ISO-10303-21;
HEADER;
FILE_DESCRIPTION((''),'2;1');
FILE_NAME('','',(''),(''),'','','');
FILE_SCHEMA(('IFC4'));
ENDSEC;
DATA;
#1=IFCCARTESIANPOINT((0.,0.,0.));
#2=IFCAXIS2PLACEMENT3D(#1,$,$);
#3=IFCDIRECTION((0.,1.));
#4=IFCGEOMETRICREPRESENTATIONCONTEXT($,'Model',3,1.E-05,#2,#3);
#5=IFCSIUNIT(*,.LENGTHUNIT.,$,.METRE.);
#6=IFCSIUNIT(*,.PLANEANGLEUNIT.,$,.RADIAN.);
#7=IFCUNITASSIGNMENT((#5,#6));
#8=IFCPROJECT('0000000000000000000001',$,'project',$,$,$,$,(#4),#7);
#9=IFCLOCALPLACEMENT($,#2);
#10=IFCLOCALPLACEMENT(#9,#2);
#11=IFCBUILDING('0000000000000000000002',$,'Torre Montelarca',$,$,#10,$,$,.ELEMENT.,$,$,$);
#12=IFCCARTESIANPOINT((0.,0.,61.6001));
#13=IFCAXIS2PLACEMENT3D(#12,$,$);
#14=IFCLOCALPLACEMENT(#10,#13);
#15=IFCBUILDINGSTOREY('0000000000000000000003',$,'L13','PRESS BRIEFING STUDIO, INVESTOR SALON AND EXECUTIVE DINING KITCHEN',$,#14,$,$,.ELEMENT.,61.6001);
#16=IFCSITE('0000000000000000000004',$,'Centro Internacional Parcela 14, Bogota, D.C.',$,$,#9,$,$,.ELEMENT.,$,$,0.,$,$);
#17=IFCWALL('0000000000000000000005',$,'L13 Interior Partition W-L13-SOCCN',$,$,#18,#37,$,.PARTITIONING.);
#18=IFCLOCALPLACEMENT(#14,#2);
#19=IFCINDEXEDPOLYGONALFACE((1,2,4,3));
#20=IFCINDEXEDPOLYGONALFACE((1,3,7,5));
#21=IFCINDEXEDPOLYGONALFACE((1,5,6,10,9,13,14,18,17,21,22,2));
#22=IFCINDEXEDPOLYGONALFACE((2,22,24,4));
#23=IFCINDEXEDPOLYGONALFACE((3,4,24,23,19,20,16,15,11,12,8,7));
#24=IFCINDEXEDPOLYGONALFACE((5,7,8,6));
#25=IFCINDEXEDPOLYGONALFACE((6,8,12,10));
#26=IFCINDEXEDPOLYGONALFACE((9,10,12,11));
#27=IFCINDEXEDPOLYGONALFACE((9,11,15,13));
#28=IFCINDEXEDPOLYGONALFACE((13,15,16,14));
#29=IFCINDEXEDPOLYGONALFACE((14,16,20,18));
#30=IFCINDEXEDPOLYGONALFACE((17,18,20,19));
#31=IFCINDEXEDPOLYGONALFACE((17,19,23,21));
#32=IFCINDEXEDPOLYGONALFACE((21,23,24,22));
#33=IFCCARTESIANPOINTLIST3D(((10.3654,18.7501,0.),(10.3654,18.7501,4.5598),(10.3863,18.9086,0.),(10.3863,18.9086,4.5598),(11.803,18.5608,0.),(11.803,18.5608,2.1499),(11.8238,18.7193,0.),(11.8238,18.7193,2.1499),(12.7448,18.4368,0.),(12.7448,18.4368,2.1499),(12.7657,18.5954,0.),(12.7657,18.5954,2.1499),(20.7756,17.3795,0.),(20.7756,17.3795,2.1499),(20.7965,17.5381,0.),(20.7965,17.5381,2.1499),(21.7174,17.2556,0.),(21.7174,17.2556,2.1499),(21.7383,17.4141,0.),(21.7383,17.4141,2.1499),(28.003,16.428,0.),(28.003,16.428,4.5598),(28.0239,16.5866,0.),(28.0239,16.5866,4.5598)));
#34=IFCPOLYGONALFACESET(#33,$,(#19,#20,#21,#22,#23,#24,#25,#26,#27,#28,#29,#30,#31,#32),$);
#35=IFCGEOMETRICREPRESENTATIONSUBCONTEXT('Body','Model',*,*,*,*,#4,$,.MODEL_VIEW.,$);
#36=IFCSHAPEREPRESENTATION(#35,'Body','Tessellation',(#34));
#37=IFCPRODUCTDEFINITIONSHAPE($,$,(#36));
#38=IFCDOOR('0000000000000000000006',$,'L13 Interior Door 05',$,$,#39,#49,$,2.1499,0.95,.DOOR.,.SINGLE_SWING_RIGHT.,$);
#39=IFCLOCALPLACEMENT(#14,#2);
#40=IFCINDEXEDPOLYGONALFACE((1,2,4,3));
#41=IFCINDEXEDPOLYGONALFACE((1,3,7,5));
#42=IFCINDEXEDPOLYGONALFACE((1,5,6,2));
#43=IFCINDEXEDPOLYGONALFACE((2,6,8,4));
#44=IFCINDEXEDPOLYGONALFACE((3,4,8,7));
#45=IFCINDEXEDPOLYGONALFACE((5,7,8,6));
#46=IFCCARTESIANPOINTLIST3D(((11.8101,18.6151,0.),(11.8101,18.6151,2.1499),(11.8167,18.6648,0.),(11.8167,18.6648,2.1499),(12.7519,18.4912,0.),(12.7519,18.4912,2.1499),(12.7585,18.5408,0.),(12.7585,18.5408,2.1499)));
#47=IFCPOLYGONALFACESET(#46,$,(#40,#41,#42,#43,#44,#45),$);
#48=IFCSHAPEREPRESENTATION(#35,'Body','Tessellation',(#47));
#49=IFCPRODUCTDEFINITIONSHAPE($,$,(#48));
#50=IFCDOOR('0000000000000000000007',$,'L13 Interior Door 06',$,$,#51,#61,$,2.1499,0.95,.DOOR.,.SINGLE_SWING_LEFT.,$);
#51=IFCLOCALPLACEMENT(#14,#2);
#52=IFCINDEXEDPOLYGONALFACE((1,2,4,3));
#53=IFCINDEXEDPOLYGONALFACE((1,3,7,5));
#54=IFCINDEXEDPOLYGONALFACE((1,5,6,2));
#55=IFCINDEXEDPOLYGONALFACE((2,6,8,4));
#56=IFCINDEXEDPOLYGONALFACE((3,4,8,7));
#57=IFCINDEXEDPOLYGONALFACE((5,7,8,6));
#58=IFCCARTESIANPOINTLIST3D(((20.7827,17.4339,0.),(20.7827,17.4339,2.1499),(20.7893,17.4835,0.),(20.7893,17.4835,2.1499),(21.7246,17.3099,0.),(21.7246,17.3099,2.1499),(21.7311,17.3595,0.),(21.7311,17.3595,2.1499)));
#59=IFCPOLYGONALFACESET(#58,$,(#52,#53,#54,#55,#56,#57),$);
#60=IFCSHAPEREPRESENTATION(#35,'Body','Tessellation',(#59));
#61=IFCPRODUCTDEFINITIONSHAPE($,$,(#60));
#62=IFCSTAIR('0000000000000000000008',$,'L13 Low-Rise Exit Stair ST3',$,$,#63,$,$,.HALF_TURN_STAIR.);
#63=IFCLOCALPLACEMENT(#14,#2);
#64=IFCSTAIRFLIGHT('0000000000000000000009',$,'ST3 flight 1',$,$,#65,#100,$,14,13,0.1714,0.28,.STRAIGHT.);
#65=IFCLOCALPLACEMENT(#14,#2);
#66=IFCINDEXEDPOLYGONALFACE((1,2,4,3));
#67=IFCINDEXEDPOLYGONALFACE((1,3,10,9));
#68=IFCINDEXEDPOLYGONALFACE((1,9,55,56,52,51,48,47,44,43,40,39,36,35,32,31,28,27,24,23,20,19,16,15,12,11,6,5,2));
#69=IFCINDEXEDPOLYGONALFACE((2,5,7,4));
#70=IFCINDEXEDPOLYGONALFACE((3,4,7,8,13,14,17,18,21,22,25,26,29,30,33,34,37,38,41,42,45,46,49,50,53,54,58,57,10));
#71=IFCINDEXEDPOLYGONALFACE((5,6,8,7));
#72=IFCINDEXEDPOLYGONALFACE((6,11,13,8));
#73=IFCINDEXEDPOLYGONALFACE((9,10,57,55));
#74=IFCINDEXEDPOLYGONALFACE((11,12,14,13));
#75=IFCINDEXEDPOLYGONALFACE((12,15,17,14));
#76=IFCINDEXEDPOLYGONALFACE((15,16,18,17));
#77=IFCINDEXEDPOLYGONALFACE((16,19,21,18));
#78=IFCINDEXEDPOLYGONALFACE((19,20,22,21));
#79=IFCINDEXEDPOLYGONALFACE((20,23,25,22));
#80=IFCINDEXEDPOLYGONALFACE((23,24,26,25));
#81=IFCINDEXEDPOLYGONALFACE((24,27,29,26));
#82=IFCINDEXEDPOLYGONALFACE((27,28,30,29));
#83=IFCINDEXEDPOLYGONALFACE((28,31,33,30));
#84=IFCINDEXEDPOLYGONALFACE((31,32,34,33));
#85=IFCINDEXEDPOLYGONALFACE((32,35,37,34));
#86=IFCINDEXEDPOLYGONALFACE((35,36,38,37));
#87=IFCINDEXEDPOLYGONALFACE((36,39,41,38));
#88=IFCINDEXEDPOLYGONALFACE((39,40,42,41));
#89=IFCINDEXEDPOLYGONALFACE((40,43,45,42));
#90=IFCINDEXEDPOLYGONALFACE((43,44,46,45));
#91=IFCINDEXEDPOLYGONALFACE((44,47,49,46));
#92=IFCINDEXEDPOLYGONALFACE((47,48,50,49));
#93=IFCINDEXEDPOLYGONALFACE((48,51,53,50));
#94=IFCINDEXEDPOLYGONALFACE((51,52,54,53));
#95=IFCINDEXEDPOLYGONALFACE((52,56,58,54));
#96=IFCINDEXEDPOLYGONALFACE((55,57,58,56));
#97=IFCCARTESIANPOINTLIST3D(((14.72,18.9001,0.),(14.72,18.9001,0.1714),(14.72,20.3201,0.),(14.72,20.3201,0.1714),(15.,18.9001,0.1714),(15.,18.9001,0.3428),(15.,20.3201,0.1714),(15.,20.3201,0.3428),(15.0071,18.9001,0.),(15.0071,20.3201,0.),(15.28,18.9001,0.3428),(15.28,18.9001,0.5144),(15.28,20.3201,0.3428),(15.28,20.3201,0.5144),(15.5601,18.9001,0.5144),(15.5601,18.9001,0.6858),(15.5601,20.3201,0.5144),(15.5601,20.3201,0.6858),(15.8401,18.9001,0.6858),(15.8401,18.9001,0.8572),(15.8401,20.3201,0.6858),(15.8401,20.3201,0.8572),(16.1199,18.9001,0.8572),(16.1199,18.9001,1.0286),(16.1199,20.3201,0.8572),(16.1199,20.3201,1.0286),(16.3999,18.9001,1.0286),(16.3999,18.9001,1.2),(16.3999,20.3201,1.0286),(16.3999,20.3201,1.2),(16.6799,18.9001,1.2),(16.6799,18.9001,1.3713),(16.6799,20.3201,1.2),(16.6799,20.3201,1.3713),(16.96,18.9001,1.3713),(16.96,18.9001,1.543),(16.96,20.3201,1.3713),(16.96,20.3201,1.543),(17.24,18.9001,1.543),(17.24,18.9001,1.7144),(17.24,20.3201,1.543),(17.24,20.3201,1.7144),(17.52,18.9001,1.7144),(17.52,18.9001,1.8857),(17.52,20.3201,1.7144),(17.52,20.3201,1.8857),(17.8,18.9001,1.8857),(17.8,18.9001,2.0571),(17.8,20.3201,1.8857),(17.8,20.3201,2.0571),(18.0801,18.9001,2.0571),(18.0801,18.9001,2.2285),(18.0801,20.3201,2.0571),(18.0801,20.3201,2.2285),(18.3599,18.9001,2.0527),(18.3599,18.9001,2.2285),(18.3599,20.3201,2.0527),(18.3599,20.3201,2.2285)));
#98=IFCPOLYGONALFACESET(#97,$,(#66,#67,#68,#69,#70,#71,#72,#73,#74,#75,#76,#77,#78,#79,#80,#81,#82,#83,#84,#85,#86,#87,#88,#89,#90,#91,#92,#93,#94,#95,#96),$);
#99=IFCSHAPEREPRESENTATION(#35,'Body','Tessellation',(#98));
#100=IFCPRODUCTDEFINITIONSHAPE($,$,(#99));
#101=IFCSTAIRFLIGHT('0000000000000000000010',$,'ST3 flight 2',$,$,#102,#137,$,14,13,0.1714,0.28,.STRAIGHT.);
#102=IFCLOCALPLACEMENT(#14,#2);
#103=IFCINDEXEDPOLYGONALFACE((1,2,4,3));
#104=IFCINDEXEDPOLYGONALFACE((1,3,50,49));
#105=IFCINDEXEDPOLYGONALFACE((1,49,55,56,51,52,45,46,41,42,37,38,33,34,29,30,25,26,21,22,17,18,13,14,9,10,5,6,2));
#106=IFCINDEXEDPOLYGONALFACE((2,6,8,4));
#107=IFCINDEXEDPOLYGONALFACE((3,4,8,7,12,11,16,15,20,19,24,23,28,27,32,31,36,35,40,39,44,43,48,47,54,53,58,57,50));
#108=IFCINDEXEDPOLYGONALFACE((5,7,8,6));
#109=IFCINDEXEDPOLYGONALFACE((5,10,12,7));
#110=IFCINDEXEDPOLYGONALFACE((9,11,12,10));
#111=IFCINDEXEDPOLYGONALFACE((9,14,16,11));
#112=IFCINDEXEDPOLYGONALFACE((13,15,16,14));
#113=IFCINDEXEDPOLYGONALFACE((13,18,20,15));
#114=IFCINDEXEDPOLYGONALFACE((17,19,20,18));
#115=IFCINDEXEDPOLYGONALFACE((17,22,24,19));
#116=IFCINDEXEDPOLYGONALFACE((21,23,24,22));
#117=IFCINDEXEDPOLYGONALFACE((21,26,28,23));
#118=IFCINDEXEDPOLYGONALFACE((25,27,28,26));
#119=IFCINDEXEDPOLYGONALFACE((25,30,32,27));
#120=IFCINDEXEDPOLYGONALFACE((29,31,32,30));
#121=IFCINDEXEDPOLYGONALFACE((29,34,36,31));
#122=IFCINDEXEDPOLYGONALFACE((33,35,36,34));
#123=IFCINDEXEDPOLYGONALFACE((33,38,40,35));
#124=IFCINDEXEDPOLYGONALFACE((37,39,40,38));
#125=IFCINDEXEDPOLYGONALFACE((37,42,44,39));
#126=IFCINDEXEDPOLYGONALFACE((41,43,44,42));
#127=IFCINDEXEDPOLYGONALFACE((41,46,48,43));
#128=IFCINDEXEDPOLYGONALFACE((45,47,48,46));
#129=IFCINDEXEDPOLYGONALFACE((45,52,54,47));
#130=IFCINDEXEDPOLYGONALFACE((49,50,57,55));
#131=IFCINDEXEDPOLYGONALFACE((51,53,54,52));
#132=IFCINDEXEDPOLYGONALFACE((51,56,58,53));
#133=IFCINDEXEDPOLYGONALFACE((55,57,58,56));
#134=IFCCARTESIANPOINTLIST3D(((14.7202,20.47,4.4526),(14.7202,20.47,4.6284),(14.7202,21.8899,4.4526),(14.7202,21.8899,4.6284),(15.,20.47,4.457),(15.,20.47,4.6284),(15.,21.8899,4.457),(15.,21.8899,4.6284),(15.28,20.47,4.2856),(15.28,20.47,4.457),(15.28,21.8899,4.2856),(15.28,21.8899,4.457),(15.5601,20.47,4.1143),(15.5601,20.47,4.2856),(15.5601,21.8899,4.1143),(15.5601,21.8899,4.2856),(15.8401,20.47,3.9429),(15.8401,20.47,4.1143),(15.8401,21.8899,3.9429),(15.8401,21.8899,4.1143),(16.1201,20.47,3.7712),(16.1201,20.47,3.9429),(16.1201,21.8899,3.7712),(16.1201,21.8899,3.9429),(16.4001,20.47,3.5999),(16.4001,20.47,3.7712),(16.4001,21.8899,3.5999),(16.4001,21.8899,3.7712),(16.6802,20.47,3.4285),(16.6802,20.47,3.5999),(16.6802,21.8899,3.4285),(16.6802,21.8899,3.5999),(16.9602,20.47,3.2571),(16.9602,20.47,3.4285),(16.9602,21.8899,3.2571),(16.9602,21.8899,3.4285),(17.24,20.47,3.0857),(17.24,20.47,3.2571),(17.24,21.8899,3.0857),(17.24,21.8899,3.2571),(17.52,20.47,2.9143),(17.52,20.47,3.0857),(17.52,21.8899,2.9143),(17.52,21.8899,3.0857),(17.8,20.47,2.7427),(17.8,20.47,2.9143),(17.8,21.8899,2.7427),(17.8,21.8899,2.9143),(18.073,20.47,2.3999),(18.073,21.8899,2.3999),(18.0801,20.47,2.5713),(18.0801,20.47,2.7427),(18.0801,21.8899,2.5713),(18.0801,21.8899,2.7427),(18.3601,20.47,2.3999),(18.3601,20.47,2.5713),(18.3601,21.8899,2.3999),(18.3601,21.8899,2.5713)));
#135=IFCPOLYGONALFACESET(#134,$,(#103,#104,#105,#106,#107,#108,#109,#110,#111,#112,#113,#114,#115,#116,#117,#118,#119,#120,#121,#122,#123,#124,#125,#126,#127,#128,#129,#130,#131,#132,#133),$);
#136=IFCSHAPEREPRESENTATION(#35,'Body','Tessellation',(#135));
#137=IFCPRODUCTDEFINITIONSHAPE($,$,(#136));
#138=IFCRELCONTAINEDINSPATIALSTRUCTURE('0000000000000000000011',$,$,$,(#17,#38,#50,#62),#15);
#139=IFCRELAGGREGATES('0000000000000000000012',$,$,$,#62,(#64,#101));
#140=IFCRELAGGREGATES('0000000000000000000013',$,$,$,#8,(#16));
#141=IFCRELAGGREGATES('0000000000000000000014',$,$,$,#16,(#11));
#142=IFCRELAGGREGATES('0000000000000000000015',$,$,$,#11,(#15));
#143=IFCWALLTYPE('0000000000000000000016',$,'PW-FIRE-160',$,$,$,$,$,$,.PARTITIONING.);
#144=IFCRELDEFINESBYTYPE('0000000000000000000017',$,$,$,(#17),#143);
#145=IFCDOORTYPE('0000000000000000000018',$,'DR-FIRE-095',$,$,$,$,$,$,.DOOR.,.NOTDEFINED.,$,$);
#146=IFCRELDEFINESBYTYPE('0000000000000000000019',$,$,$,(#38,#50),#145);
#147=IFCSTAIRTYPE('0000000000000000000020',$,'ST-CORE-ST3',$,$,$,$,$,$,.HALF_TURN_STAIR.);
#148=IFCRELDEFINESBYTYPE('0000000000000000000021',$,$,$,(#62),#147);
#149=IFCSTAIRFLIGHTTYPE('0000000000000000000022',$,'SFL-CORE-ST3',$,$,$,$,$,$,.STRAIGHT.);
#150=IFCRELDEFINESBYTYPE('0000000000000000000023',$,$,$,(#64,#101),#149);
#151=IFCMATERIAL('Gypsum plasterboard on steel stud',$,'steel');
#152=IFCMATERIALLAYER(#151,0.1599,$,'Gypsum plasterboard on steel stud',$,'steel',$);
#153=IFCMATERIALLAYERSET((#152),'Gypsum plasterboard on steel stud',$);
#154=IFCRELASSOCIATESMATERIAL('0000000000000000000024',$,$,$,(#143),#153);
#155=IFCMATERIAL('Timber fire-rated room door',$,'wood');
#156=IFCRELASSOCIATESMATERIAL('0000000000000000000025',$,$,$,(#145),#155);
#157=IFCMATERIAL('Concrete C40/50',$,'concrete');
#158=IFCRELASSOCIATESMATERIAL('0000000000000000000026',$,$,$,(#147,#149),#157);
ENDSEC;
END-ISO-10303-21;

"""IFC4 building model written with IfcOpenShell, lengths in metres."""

from ifc_helpers import new_model, si_unit, direction, frame, frame_2d, origin, place, context, subcontext, project, spatial, polyline, rectangle, outline, extrude, source, transform, mapped, material, layer, layer_set, type_object, element, fill, aggregate, save


model = new_model("IFC4")

# Units and contexts
model_context = context("Model", 3, precision=1e-05, world=origin(), true_north=direction((0.0, 1.0)))
body_context = subcontext(model_context, "Body", "Model", "MODEL_VIEW")
ifc_project = project(units=[si_unit("LENGTHUNIT", "METRE"), si_unit("PLANEANGLEUNIT", "RADIAN")], contexts=[model_context])

# Site, building, storey
site_placement = place(None, origin())
site = spatial("IfcSite", under=ifc_project, at=site_placement, Name="Centro Internacional Parcela 14, Bogota, D.C.", CompositionType="ELEMENT", RefElevation=0.0)
building_placement = place(site_placement, origin())
building = spatial("IfcBuilding", under=site, at=building_placement, Name="Torre Montelarca", CompositionType="ELEMENT")
storey_placement = place(building_placement, frame((0.0, 0.0, 61.6001)))
storey = spatial("IfcBuildingStorey", under=building, at=storey_placement, Name="L13", Description="PRESS BRIEFING STUDIO, INVESTOR SALON AND EXECUTIVE DINING KITCHEN", CompositionType="ELEMENT", Elevation=61.6001)

# Shared definitions
ifc_material_1 = material(Name="Concrete C40/50", Category="concrete")

# Wall, openings, doors
ifc_material_2 = material(Name="Gypsum plasterboard on steel stud", Category="steel")
ifc_layer_1 = layer(ifc_material_2, 0.1599, Name="Gypsum plasterboard on steel stud", Category="steel")
ifc_layer_set_1 = layer_set([ifc_layer_1], Name="Gypsum plasterboard on steel stud")
wall_type_1 = type_object("IfcWallType", Name="PW-FIRE-160", PredefinedType="PARTITIONING", material=ifc_layer_set_1)
wall_1_placement = place(storey_placement, frame((10.3757, 18.8293, 0.0), z_axis=(0.0, 0.0, 1.0), x_axis=(0.991445, -0.130525, 0.0)))
wall_1 = element("IfcWall", 1, at=wall_1_placement, inside=storey, type_object=wall_type_1, Name="L13 Interior Partition W-L13-SOCCN", PredefinedType="PARTITIONING", context=body_context, shape_type="SweptSolid", body=[
    extrude(rectangle(XDim=17.7898, YDim=0.1599, at=frame_2d((8.895, 0.0))), origin(), (0.0, 0.0, 1.0), 4.5598),
])
opening_1_placement = place(wall_1_placement, frame((1.45, 0.0, 0.0)))
opening_1 = element("IfcOpeningElement", 2, at=opening_1_placement, cuts=wall_1, PredefinedType="OPENING", context=body_context, shape_type="SweptSolid", body=[
    extrude(rectangle(XDim=0.95, YDim=2.1499, at=frame_2d((0.4751, 1.075))), frame((0.0, 0.0898, 0.0), z_axis=(0.0, -1.0, 0.0), x_axis=(1.0, 0.0, 0.0)), (0.0, 0.0, 1.0), 0.1799),
])
opening_2_placement = place(wall_1_placement, frame((10.5, 0.0, 0.0)))
opening_2 = element("IfcOpeningElement", 3, at=opening_2_placement, cuts=wall_1, PredefinedType="OPENING", context=body_context, shape_type="SweptSolid", body=[
    extrude(rectangle(XDim=0.95, YDim=2.1499, at=frame_2d((0.4751, 1.075))), frame((0.0, 0.0898, 0.0), z_axis=(0.0, -1.0, 0.0), x_axis=(1.0, 0.0, 0.0)), (0.0, 0.0, 1.0), 0.1799),
])
ifc_material_3 = material(Name="Timber fire-rated room door", Category="wood")
door_type_1 = type_object("IfcDoorType", Name="DR-FIRE-095", OperationType="NOTDEFINED", PredefinedType="DOOR", material=ifc_material_3)
shared_shape_1 = source(origin(), body_context, "Body", "SweptSolid", [
    extrude(rectangle(XDim=0.95, YDim=2.1499, at=frame_2d((0.4751, 1.075))), frame((0.0, 0.0249, 0.0), z_axis=(0.0, -1.0, 0.0), x_axis=(1.0, 0.0, 0.0)), (0.0, 0.0, 1.0), 0.05),
])
door_1_placement = place(opening_1_placement, origin())
door_1 = element("IfcDoor", 4, at=door_1_placement, inside=storey, type_object=door_type_1, Name="L13 Interior Door 05", OperationType="SINGLE_SWING_RIGHT", OverallHeight=2.1499, OverallWidth=0.95, PredefinedType="DOOR", context=body_context, shape_type="MappedRepresentation", body=[
    mapped(shared_shape_1, transform((0.0, 0.0, 0.0), scale=1.0)),
])
fill(opening_1, door_1)
door_2_placement = place(opening_2_placement, origin())
door_2 = element("IfcDoor", 5, at=door_2_placement, inside=storey, type_object=door_type_1, Name="L13 Interior Door 06", OperationType="SINGLE_SWING_LEFT", OverallHeight=2.1499, OverallWidth=0.95, PredefinedType="DOOR", context=body_context, shape_type="MappedRepresentation", body=[
    mapped(shared_shape_1, transform((0.0, 0.0, 0.0), scale=1.0)),
])
fill(opening_2, door_2)

# Stair, stair flights
stair_type = type_object("IfcStairType", Name="ST-CORE-ST3", PredefinedType="HALF_TURN_STAIR", material=ifc_material_1)
stair_placement = place(storey_placement, origin())
stair = element("IfcStair", 6, at=stair_placement, inside=storey, type_object=stair_type, Name="L13 Low-Rise Exit Stair ST3", PredefinedType="HALF_TURN_STAIR")
stair_flight_type = type_object("IfcStairFlightType", Name="SFL-CORE-ST3", PredefinedType="STRAIGHT", material=ifc_material_1)
stair_flight_1_placement = place(storey_placement, frame((14.72, 19.6101, 0.0), z_axis=(0.0, 0.0, 1.0), x_axis=(1.0, 0.0, 0.0)))
stair_flight_1 = element("IfcStairFlight", 7, at=stair_flight_1_placement, type_object=stair_flight_type, Name="ST3 flight 1", NumberOfRisers=14, NumberOfTreads=13, PredefinedType="STRAIGHT", RiserHeight=0.1714, TreadLength=0.28, context=body_context, shape_type="SweptSolid", body=[
    extrude(outline(polyline([(0.0, 0.0), (0.0, 0.1714), (0.28, 0.1714), (0.28, 0.3428), (0.5601, 0.3428), (0.5601, 0.5144), (0.8401, 0.5144), (0.8401, 0.6858), (1.1201, 0.6858), (1.1201, 0.8572), (1.3999, 0.8572), (1.3999, 1.0286), (1.6799, 1.0286), (1.6799, 1.2), (1.96, 1.2), (1.96, 1.3713), (2.24, 1.3713), (2.24, 1.543), (2.52, 1.543), (2.52, 1.7144), (2.8, 1.7144), (2.8, 1.8857), (3.0801, 1.8857), (3.0801, 2.0571), (3.3601, 2.0571), (3.3601, 2.2285), (3.6399, 2.2285), (3.6399, 2.3999), (3.6399, 2.0527), (0.2871, 0.0), (0.0, 0.0)])), frame((0.0, 0.71, 0.0), z_axis=(0.0, -1.0, 0.0), x_axis=(1.0, 0.0, 0.0)), (0.0, 0.0, 1.0), 1.4199),
])
stair_flight_2_placement = place(storey_placement, frame((18.3601, 21.1799, 2.3999), z_axis=(0.0, 0.0, 1.0), x_axis=(-1.0, 0.0, 0.0)))
stair_flight_2 = element("IfcStairFlight", 8, at=stair_flight_2_placement, type_object=stair_flight_type, Name="ST3 flight 2", NumberOfRisers=14, NumberOfTreads=13, PredefinedType="STRAIGHT", RiserHeight=0.1714, TreadLength=0.28, context=body_context, shape_type="SweptSolid", body=[
    extrude(outline(polyline([(0.0, 0.0), (0.0, 0.1714), (0.28, 0.1714), (0.28, 0.3428), (0.5601, 0.3428), (0.5601, 0.5144), (0.8401, 0.5144), (0.8401, 0.6858), (1.1201, 0.6858), (1.1201, 0.8572), (1.3999, 0.8572), (1.3999, 1.0286), (1.6799, 1.0286), (1.6799, 1.2), (1.96, 1.2), (1.96, 1.3713), (2.24, 1.3713), (2.24, 1.543), (2.52, 1.543), (2.52, 1.7144), (2.8, 1.7144), (2.8, 1.8857), (3.0801, 1.8857), (3.0801, 2.0571), (3.3601, 2.0571), (3.3601, 2.2285), (3.6399, 2.2285), (3.6399, 2.3999), (3.6399, 2.0527), (0.2871, 0.0), (0.0, 0.0)])), frame((0.0, 0.71, 0.0), z_axis=(0.0, -1.0, 0.0), x_axis=(1.0, 0.0, 0.0)), (0.0, 0.0, 1.0), 1.4199),
])
aggregate(stair, [stair_flight_1, stair_flight_2])

save(model, "model.ifc")
